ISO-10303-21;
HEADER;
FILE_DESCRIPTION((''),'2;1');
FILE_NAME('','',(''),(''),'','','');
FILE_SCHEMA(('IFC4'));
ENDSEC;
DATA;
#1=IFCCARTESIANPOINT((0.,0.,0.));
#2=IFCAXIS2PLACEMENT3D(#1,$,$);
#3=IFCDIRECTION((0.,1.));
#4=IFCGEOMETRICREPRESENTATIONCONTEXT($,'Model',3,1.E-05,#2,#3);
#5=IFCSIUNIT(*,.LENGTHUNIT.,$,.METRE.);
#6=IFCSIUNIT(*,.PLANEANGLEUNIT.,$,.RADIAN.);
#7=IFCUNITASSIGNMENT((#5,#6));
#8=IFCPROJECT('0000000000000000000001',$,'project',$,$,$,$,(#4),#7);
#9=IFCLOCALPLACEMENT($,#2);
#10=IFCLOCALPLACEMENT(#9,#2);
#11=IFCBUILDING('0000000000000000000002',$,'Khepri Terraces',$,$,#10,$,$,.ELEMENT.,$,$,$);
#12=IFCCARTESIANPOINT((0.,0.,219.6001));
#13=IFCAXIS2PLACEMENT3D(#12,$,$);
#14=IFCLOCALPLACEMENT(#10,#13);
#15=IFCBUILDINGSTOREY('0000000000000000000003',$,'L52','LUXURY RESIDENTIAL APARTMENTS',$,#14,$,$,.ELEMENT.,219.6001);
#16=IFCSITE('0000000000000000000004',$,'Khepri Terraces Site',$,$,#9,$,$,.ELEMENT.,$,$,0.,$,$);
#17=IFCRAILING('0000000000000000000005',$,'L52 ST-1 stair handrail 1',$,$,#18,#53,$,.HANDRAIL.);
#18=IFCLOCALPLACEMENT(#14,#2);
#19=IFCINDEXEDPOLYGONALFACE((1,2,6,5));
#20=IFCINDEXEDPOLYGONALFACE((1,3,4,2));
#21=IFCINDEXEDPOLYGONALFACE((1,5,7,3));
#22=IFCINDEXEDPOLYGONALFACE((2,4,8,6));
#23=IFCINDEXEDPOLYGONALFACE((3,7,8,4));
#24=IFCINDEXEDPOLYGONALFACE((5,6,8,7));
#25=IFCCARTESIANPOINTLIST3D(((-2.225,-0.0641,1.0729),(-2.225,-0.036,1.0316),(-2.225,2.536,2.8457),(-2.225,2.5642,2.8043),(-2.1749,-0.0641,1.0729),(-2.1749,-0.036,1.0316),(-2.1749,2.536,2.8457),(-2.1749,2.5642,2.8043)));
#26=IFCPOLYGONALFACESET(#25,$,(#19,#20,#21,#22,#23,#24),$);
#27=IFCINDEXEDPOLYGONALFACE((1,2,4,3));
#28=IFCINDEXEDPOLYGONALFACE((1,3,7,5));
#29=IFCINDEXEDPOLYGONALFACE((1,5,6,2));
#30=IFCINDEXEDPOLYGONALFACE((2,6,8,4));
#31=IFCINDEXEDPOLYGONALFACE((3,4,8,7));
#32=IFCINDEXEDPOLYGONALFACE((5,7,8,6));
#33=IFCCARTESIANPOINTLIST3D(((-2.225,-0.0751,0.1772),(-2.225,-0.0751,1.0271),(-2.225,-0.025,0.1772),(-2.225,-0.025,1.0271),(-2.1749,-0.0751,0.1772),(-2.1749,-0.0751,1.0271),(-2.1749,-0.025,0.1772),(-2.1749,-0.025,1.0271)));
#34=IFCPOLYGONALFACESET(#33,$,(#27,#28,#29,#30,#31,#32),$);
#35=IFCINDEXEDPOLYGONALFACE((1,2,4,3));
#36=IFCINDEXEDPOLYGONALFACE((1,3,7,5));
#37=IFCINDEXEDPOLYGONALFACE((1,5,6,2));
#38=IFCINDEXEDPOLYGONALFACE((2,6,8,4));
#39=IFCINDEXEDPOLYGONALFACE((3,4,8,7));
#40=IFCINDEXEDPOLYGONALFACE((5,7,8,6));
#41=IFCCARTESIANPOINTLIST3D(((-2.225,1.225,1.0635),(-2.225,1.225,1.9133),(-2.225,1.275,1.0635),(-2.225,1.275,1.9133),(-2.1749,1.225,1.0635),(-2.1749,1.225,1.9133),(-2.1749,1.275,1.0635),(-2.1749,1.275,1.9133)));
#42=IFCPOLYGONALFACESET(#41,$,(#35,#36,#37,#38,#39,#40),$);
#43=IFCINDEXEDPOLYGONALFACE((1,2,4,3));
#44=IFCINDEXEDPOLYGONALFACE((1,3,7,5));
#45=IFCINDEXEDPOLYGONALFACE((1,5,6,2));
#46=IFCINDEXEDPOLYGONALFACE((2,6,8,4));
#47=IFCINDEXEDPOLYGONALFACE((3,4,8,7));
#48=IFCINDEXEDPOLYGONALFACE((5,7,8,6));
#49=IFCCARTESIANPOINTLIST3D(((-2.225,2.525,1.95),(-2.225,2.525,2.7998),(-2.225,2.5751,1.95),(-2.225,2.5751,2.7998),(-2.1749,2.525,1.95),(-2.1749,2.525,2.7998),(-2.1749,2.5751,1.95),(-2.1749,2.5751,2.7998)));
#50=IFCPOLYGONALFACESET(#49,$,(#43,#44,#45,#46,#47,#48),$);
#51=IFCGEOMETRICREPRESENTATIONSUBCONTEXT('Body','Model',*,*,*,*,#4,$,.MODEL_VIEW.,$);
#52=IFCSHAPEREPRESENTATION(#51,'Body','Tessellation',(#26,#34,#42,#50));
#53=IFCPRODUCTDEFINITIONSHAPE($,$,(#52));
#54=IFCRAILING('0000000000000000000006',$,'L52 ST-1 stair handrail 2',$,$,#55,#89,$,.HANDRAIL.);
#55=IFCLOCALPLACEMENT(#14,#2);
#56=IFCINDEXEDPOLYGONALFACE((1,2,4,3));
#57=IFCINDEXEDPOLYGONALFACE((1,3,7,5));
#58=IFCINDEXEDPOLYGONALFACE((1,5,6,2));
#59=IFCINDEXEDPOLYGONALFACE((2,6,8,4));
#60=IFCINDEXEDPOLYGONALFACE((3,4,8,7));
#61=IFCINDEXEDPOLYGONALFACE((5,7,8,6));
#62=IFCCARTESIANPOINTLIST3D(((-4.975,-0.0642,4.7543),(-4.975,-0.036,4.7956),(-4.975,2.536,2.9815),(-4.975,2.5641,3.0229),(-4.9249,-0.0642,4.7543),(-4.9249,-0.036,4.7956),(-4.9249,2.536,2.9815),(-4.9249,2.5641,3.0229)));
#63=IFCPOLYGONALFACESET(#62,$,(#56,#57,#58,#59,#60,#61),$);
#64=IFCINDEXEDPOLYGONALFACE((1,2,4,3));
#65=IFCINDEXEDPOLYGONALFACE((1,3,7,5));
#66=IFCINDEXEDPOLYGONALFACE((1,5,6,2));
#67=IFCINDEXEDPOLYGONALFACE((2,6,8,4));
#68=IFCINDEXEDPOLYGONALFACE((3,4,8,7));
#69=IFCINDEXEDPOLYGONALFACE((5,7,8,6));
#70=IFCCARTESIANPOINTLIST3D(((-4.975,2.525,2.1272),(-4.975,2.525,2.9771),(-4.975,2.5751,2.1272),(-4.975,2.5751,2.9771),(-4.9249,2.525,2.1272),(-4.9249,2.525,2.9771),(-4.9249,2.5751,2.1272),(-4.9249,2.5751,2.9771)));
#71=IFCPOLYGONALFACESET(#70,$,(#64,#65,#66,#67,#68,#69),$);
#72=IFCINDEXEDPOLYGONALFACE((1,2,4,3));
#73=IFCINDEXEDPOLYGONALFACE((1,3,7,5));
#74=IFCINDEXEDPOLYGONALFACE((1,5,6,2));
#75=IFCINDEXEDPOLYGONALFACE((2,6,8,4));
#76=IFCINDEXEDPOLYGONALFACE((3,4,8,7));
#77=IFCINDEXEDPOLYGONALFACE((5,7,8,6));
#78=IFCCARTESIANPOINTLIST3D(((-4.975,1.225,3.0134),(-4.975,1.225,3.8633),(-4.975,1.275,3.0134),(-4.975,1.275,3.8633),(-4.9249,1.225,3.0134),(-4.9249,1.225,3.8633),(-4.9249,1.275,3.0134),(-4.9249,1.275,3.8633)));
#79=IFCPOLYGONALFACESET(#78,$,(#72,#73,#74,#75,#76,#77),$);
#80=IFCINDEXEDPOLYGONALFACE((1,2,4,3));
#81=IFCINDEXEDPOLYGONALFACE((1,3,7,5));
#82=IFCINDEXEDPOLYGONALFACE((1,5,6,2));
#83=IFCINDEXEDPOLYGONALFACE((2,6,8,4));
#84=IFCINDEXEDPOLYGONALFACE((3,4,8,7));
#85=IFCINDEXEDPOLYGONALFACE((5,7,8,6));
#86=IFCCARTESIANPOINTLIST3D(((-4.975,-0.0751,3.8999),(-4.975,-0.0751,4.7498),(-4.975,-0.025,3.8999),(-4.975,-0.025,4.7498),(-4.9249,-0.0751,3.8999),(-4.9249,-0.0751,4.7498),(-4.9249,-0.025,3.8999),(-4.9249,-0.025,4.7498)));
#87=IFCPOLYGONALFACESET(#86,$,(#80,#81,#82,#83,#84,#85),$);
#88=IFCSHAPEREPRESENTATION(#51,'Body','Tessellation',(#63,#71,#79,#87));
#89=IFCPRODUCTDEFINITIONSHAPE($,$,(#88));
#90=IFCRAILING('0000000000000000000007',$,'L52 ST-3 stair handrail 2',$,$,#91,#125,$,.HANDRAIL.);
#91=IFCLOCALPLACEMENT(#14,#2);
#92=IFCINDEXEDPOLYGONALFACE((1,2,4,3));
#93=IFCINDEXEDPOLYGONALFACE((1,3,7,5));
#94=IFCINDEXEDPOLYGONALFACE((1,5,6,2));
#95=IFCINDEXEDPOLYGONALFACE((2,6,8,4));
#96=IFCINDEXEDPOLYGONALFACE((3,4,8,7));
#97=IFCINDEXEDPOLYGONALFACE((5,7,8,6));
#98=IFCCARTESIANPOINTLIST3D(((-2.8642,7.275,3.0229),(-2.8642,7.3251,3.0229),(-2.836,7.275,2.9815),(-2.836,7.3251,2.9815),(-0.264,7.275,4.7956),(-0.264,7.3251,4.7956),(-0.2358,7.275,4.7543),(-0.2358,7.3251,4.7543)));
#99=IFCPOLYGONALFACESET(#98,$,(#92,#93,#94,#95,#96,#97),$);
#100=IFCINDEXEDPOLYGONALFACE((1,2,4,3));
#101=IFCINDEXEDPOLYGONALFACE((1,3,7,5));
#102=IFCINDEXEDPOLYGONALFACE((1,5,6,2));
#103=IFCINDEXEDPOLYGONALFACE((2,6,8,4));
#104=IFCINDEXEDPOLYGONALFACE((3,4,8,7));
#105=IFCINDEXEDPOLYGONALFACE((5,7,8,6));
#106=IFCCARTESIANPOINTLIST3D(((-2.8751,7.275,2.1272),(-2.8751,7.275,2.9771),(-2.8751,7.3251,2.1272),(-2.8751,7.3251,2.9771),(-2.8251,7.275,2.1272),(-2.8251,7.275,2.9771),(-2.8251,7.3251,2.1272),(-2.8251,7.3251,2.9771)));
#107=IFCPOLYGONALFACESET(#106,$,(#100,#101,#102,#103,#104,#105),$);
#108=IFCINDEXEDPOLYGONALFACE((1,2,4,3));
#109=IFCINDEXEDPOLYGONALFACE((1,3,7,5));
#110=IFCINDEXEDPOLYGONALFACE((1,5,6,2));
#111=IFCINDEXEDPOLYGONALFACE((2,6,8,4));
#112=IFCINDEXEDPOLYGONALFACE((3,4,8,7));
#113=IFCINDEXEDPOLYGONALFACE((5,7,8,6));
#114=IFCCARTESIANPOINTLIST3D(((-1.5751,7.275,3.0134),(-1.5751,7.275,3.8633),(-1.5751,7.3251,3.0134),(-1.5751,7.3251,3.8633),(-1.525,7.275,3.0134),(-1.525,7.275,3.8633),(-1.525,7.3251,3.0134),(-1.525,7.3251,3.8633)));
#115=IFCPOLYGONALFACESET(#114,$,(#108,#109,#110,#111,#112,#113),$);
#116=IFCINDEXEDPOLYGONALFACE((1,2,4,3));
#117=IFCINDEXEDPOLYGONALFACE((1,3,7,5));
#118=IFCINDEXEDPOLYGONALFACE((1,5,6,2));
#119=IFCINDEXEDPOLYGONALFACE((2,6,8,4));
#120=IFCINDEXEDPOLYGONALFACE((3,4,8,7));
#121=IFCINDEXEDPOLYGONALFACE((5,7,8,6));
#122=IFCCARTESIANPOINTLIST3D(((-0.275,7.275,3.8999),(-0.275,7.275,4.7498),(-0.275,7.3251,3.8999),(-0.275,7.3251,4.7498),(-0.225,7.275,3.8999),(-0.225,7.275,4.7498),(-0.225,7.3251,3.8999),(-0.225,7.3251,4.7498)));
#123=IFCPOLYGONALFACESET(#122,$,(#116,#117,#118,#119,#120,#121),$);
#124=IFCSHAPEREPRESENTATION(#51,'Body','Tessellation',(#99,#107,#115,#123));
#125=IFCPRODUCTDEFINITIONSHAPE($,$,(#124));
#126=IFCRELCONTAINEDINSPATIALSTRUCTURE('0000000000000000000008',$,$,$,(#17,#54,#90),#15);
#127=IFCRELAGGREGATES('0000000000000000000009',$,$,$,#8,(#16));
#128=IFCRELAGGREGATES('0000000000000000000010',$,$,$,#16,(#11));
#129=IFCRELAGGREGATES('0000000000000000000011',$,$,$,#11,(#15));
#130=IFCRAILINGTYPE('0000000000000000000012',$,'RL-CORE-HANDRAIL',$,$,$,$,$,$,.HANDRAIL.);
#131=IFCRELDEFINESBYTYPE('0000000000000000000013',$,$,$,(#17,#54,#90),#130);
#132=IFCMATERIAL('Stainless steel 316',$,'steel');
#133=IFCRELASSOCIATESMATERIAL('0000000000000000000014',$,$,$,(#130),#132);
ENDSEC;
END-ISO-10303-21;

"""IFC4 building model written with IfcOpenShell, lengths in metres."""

from ifc_helpers import new_model, si_unit, direction, frame, origin, origin_2d, place, context, subcontext, project, spatial, rectangle, extrude, material, type_object, element, save


model = new_model("IFC4")

# Units and contexts
model_context = context("Model", 3, precision=1e-05, world=origin(), true_north=direction((0.0, 1.0)))
body_context = subcontext(model_context, "Body", "Model", "MODEL_VIEW")
ifc_project = project(units=[si_unit("LENGTHUNIT", "METRE"), si_unit("PLANEANGLEUNIT", "RADIAN")], contexts=[model_context])

# Site, building, storey
site_placement = place(None, origin())
site = spatial("IfcSite", under=ifc_project, at=site_placement, Name="Khepri Terraces Site", CompositionType="ELEMENT", RefElevation=0.0)
building_placement = place(site_placement, origin())
building = spatial("IfcBuilding", under=site, at=building_placement, Name="Khepri Terraces", CompositionType="ELEMENT")
storey_placement = place(building_placement, frame((0.0, 0.0, 219.6001)))
storey = spatial("IfcBuildingStorey", under=building, at=storey_placement, Name="L52", Description="LUXURY RESIDENTIAL APARTMENTS", CompositionType="ELEMENT", Elevation=219.6001)

# Railings
ifc_material_1 = material(Name="Stainless steel 316", Category="steel")
railing_type_1 = type_object("IfcRailingType", Name="RL-CORE-HANDRAIL", PredefinedType="HANDRAIL", material=ifc_material_1)
railing_1_placement = place(storey_placement, frame((-2.2, -0.05, 0.1772)))
element("IfcRailing", 1, at=railing_1_placement, inside=storey, type_object=railing_type_1, Name="L52 ST-1 stair handrail 1", PredefinedType="HANDRAIL", context=body_context, shape_type="SweptSolid", body=[
    extrude(rectangle(XDim=0.05, YDim=0.05, at=origin_2d()), frame((0.0, 0.0, 0.875), z_axis=(0.0, 0.82624, 0.563318), x_axis=(-1.0, 0.0, 0.0)), (0.0, 0.0, 1.0), 3.147),
    extrude(rectangle(XDim=0.05, YDim=0.05, at=origin_2d()), origin(), (0.0, 0.0, 1.0), 0.8499),
    extrude(rectangle(XDim=0.05, YDim=0.05, at=origin_2d()), frame((0.0, 1.3, 0.8862)), (0.0, 0.0, 1.0), 0.8499),
    extrude(rectangle(XDim=0.05, YDim=0.05, at=origin_2d()), frame((0.0, 2.6001, 1.7727)), (0.0, 0.0, 1.0), 0.8499),
])
railing_2_placement = place(storey_placement, frame((-4.95, 2.55, 2.1272)))
element("IfcRailing", 2, at=railing_2_placement, inside=storey, type_object=railing_type_1, Name="L52 ST-1 stair handrail 2", PredefinedType="HANDRAIL", context=body_context, shape_type="SweptSolid", body=[
    extrude(rectangle(XDim=0.05, YDim=0.05, at=origin_2d()), frame((0.0, 0.0, 0.875), z_axis=(0.0, -0.82624, 0.563318), x_axis=(1.0, 0.0, 0.0)), (0.0, 0.0, 1.0), 3.147),
    extrude(rectangle(XDim=0.05, YDim=0.05, at=origin_2d()), origin(), (0.0, 0.0, 1.0), 0.8499),
    extrude(rectangle(XDim=0.05, YDim=0.05, at=origin_2d()), frame((0.0, -1.3, 0.8862)), (0.0, 0.0, 1.0), 0.8499),
    extrude(rectangle(XDim=0.05, YDim=0.05, at=origin_2d()), frame((0.0, -2.6001, 1.7727)), (0.0, 0.0, 1.0), 0.8499),
])
railing_3_placement = place(storey_placement, frame((-2.8501, 7.3, 2.1272)))
element("IfcRailing", 3, at=railing_3_placement, inside=storey, type_object=railing_type_1, Name="L52 ST-3 stair handrail 2", PredefinedType="HANDRAIL", context=body_context, shape_type="SweptSolid", body=[
    extrude(rectangle(XDim=0.05, YDim=0.05, at=origin_2d()), frame((0.0, 0.0, 0.875), z_axis=(0.82624, 0.0, 0.563318), x_axis=(0.0, 1.0, 0.0)), (0.0, 0.0, 1.0), 3.147),
    extrude(rectangle(XDim=0.05, YDim=0.05, at=origin_2d()), origin(), (0.0, 0.0, 1.0), 0.8499),
    extrude(rectangle(XDim=0.05, YDim=0.05, at=origin_2d()), frame((1.3, 0.0, 0.8862)), (0.0, 0.0, 1.0), 0.8499),
    extrude(rectangle(XDim=0.05, YDim=0.05, at=origin_2d()), frame((2.6001, 0.0, 1.7727)), (0.0, 0.0, 1.0), 0.8499),
])

save(model, "model.ifc")
